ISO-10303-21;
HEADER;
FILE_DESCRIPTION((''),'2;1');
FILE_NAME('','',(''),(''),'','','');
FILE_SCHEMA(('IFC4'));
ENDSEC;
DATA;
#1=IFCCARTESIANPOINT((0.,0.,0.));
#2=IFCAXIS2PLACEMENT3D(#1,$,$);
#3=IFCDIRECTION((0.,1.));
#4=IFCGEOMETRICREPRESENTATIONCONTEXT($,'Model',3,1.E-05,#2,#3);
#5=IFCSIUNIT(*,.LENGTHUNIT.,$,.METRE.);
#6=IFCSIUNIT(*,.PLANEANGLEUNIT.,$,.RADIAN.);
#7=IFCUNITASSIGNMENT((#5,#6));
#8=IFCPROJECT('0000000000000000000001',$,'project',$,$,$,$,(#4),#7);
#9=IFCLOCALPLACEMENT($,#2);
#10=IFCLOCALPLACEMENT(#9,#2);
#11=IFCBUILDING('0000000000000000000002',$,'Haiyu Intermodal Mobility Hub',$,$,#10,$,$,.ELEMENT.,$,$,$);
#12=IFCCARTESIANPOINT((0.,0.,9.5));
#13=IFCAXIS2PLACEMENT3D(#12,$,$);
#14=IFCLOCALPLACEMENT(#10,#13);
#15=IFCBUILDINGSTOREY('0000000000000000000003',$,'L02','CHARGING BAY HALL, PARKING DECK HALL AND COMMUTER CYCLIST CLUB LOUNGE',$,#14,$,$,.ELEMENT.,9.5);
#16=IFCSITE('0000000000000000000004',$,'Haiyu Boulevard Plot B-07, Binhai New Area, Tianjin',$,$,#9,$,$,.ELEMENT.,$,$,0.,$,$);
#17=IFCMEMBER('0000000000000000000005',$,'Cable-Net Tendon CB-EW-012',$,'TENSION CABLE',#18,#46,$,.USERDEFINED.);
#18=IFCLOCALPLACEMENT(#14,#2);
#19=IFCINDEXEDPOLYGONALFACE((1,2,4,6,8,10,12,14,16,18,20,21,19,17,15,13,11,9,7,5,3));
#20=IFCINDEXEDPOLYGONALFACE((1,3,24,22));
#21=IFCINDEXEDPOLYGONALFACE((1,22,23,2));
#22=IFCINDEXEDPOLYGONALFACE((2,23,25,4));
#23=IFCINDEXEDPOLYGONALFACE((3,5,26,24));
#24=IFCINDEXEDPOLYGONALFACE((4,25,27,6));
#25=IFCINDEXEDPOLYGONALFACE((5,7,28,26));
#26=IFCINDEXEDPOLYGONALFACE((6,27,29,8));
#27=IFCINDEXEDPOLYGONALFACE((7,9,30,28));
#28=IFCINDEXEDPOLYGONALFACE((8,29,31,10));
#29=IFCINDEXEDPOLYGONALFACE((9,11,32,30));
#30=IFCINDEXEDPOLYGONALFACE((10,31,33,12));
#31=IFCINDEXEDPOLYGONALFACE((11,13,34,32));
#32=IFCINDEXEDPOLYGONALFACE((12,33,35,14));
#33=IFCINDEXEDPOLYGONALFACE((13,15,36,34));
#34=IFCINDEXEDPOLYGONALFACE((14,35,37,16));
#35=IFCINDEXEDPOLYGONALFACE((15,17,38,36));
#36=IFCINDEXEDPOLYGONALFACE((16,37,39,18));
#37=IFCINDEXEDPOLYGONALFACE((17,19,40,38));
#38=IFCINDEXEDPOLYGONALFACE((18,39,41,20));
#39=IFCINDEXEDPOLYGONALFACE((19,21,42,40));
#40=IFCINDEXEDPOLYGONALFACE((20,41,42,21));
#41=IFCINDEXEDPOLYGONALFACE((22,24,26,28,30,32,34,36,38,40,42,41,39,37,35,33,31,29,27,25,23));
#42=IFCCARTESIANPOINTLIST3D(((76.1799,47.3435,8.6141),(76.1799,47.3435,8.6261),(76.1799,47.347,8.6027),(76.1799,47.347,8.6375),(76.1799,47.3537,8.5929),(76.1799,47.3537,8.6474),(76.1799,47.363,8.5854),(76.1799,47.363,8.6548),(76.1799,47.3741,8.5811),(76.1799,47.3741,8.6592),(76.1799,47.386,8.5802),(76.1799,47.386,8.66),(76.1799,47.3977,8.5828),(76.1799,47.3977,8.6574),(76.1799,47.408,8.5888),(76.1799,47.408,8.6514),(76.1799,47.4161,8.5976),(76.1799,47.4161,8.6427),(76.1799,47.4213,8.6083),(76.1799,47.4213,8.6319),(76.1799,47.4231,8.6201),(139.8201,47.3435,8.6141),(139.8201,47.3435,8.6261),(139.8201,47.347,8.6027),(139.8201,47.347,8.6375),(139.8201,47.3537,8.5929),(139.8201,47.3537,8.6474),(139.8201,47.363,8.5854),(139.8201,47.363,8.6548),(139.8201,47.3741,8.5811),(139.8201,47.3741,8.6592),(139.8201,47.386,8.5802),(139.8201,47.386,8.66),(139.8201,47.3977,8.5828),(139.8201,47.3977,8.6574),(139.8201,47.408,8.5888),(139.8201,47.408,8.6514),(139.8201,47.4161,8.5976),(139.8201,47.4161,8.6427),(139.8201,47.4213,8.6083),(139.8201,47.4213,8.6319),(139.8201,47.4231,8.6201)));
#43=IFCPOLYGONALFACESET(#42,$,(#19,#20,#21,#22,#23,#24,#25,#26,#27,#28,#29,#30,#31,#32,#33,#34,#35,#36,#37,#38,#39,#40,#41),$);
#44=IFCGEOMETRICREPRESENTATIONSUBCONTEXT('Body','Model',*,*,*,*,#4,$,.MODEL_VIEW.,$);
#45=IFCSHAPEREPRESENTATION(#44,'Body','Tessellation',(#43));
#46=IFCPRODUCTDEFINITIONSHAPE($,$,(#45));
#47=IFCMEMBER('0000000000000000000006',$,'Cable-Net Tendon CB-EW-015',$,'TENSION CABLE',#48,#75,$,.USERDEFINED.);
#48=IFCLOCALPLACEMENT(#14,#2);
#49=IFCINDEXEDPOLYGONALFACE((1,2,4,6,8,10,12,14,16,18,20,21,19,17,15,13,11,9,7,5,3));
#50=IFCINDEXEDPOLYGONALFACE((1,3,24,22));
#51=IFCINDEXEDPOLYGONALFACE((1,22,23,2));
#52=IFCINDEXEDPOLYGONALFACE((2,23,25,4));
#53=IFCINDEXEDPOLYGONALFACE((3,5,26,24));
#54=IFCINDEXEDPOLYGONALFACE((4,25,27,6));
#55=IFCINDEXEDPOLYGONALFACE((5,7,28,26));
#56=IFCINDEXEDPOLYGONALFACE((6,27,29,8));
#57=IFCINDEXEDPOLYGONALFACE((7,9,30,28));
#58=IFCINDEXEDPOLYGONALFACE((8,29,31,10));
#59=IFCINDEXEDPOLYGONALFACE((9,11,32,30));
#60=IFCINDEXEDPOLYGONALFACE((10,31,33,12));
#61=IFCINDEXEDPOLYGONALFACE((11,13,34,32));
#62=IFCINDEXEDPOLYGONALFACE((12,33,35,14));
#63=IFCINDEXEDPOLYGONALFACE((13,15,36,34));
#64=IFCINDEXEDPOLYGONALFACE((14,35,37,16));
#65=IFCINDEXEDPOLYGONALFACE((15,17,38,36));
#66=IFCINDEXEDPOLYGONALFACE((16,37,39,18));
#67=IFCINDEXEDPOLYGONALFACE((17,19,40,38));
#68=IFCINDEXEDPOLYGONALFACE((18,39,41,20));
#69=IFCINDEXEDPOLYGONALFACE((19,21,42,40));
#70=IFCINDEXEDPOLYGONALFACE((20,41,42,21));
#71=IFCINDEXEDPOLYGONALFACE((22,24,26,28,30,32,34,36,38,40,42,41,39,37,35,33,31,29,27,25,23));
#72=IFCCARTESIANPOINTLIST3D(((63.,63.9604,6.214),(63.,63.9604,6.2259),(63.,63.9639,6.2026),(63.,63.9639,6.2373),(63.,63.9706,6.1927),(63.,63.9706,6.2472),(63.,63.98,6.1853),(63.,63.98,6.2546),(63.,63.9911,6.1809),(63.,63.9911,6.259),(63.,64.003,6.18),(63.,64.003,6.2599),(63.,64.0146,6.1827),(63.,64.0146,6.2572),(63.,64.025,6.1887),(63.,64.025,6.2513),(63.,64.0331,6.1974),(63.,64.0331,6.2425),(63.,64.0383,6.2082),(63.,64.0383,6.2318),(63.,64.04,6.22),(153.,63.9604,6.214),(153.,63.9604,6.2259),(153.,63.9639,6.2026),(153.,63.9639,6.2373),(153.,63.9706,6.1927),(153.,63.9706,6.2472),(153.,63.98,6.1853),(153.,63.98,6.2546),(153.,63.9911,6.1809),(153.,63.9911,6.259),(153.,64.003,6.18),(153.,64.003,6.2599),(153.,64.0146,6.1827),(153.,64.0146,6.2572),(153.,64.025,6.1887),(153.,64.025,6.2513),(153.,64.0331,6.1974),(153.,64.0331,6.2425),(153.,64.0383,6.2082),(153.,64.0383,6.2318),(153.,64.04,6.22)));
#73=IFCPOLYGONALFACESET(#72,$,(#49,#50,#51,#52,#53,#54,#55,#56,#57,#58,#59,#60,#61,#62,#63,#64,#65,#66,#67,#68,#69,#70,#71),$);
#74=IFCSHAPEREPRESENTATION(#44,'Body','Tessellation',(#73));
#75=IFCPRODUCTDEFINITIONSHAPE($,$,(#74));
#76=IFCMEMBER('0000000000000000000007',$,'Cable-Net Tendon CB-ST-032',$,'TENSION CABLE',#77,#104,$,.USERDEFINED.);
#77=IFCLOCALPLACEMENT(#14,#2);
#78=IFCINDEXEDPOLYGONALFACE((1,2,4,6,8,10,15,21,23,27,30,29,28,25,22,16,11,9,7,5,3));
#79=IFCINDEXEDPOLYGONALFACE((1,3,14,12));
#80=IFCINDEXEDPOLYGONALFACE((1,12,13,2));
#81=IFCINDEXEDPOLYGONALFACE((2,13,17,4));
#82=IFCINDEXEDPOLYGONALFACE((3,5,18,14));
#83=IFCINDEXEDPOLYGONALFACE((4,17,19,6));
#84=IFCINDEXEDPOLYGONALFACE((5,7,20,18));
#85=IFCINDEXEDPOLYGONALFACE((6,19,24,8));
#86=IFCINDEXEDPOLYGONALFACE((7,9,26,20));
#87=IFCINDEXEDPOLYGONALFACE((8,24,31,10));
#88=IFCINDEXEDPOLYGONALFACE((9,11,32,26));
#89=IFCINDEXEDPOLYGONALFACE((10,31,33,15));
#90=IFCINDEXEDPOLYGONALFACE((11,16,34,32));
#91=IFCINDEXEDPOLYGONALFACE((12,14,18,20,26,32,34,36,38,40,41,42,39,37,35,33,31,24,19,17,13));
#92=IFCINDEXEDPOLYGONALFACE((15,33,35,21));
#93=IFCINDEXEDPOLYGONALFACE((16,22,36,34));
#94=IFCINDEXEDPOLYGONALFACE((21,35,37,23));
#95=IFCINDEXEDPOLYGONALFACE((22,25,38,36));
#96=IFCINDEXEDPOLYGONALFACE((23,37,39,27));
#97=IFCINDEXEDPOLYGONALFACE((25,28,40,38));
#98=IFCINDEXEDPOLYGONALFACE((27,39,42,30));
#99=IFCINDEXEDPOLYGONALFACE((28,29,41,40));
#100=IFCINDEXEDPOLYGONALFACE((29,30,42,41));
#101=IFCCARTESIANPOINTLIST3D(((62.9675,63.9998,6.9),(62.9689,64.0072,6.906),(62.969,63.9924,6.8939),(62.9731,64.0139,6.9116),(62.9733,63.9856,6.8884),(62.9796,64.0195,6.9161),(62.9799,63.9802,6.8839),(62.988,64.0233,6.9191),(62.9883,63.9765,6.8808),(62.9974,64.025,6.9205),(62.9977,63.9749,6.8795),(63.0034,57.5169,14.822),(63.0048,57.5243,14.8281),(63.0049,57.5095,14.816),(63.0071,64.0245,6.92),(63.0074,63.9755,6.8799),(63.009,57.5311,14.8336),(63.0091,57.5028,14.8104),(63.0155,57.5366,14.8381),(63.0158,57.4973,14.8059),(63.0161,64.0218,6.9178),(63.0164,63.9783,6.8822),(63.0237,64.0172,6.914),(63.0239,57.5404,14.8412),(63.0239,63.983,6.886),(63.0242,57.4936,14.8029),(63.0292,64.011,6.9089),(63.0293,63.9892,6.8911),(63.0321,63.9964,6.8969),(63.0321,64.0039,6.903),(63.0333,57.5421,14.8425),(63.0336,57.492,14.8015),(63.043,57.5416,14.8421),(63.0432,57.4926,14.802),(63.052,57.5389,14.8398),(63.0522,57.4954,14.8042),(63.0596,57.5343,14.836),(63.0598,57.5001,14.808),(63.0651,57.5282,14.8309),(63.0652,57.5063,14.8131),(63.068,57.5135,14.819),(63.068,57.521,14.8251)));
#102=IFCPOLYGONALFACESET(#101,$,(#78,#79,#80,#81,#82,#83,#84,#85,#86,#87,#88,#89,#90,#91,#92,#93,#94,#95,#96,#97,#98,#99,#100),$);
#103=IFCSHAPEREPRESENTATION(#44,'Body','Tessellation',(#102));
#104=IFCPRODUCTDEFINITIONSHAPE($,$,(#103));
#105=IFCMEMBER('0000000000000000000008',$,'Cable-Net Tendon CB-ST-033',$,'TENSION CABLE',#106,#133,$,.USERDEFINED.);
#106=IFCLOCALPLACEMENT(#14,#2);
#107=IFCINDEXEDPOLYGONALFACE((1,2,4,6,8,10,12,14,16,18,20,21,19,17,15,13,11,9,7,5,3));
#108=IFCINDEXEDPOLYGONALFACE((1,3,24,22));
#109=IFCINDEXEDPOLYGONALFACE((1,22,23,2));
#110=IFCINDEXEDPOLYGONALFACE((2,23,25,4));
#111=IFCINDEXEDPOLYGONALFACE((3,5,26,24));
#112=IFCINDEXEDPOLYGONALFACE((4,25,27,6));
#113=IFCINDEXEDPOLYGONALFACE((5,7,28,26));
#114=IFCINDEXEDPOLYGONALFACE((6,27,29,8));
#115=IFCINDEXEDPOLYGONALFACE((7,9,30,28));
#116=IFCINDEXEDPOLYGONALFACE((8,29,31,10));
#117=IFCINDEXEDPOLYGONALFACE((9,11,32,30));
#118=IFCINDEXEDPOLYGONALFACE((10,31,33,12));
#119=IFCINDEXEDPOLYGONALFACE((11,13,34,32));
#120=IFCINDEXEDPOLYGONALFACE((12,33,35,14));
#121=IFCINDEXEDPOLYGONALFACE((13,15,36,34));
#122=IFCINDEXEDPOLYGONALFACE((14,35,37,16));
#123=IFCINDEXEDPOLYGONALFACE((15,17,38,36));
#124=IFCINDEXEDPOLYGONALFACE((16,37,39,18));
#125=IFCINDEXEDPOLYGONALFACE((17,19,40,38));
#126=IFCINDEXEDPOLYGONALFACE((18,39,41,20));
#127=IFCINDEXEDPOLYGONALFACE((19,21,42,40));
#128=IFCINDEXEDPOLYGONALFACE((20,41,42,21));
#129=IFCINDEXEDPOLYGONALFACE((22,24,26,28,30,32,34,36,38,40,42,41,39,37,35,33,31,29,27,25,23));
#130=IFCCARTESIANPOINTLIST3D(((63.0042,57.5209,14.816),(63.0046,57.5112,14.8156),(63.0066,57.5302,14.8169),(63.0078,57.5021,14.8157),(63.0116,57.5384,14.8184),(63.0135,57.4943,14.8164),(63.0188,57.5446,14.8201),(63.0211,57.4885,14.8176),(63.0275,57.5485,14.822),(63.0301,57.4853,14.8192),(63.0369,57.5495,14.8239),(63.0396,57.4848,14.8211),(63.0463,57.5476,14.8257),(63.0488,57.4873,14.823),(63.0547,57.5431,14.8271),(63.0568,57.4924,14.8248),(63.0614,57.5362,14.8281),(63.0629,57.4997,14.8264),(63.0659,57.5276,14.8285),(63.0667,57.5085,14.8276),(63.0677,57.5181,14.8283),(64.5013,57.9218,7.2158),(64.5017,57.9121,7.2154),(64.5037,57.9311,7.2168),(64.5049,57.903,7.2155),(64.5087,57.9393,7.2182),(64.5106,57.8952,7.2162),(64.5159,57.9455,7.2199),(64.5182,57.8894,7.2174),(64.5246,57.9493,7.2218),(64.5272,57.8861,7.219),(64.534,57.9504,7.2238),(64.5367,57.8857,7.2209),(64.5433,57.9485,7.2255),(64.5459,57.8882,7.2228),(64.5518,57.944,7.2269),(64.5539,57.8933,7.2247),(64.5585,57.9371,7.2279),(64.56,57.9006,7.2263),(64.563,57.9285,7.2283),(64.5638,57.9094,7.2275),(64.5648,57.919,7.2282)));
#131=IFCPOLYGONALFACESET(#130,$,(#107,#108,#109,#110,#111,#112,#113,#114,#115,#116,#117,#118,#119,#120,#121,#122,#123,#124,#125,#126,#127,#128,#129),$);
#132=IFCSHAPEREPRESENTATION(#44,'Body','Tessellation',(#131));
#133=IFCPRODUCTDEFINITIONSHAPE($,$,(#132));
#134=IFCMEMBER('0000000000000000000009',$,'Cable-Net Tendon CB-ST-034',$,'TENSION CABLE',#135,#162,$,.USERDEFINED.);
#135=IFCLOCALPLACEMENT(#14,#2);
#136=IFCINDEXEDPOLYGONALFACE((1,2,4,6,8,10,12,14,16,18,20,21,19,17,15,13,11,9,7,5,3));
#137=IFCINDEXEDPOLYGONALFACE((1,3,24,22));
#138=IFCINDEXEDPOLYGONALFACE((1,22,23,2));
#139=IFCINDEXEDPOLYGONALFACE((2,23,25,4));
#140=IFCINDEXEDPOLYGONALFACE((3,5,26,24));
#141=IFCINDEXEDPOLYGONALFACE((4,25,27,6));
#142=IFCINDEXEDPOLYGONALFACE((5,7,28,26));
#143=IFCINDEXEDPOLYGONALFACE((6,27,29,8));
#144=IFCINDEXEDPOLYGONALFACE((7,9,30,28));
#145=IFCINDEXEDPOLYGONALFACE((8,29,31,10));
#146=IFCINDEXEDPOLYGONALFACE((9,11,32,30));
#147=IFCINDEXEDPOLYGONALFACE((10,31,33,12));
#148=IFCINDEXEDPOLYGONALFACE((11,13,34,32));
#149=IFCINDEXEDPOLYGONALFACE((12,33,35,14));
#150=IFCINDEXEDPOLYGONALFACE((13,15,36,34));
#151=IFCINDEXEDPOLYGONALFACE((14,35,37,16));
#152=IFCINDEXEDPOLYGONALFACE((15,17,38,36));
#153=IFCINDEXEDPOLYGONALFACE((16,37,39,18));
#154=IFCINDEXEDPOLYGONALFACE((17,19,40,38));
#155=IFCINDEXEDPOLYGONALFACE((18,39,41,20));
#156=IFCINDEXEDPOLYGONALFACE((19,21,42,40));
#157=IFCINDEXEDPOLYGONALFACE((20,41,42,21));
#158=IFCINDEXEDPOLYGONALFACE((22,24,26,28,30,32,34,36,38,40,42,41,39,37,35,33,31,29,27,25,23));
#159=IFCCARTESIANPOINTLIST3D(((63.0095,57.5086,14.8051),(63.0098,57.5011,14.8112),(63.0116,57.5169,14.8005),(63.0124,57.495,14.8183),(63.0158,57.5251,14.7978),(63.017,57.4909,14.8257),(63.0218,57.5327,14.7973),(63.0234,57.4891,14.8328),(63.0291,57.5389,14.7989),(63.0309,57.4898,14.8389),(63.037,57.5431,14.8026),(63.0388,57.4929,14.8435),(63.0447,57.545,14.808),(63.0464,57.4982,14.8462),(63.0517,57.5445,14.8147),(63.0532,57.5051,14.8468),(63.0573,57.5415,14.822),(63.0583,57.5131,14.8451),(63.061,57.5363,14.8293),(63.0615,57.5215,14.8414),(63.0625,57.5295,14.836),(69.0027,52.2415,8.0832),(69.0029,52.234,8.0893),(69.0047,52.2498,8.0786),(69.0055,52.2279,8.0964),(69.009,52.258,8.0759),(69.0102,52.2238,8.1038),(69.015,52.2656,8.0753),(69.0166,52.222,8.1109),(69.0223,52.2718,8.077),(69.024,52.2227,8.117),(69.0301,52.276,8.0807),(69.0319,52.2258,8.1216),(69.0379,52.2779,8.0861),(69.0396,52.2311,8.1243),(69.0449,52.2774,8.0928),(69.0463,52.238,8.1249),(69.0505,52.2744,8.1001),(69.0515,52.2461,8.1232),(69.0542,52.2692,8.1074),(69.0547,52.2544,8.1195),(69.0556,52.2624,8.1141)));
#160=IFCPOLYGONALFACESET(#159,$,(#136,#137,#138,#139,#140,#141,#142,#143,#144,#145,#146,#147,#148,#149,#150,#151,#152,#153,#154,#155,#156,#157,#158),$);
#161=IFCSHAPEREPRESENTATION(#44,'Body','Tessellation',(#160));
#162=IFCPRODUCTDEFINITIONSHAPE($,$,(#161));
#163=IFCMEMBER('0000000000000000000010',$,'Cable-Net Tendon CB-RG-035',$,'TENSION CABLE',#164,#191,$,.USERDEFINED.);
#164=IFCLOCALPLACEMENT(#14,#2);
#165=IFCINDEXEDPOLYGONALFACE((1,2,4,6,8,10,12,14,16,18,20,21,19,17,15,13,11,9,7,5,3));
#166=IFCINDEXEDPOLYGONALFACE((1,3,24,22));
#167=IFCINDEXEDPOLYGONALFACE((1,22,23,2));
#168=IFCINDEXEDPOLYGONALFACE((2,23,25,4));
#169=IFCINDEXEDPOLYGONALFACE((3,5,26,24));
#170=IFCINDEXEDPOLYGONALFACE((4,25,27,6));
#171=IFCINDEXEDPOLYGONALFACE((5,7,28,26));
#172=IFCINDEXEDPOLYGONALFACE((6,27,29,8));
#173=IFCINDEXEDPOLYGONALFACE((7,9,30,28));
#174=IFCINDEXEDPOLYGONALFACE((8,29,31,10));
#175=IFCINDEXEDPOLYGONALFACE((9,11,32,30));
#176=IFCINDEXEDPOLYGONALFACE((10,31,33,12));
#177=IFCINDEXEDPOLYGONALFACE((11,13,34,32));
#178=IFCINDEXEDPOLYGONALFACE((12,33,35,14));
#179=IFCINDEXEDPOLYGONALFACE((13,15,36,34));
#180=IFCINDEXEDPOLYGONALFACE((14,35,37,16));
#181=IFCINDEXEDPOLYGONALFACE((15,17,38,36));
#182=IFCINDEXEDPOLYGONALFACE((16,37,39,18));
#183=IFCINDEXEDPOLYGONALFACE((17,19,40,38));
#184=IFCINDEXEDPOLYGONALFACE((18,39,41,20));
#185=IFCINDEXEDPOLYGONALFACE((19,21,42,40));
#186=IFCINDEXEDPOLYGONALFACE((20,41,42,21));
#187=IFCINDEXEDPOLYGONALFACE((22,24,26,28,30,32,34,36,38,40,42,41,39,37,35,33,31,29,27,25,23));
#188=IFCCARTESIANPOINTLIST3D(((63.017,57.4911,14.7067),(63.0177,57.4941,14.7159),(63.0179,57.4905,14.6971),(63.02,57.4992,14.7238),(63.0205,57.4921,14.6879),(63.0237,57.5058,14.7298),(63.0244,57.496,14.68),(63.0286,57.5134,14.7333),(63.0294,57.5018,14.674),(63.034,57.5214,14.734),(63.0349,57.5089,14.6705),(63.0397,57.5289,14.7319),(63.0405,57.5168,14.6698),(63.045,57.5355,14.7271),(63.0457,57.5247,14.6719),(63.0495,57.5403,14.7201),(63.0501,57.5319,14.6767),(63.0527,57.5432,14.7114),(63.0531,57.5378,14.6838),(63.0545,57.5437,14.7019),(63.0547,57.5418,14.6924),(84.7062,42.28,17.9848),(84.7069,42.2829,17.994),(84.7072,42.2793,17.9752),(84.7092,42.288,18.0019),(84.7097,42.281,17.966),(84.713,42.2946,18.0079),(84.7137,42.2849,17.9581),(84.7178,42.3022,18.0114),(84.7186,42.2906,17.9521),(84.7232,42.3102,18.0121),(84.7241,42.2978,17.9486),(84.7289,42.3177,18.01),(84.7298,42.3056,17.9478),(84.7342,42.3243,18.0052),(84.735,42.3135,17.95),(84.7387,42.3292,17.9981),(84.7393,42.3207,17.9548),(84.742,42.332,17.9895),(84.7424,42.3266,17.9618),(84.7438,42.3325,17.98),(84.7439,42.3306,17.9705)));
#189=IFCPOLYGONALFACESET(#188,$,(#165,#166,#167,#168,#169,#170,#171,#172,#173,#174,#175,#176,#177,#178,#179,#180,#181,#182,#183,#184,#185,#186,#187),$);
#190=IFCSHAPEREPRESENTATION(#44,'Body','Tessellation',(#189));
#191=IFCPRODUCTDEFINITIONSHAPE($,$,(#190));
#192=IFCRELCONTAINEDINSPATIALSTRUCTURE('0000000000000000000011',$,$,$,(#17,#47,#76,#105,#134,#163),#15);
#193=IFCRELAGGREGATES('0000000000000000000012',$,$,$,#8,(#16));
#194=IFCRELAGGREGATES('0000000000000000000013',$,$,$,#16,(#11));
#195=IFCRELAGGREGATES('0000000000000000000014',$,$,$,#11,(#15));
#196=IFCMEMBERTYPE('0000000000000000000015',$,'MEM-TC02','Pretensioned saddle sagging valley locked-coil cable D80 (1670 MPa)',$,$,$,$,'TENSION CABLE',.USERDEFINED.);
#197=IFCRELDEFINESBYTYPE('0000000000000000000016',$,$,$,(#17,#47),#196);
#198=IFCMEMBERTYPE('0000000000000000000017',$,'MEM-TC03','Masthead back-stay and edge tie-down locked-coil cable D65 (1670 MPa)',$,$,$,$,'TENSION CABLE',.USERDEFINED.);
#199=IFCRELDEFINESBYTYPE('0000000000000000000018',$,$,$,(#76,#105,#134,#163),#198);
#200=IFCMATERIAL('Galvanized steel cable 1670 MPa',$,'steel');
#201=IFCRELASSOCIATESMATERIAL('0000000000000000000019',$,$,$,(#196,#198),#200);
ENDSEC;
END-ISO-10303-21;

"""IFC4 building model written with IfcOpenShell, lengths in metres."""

from ifc_helpers import new_model, si_unit, direction, frame, origin, origin_2d, place, context, subcontext, project, spatial, circle, extrude, material, material_profile, profile_set, type_object, element, save


model = new_model("IFC4")

# Units and contexts
model_context = context("Model", 3, precision=1e-05, world=origin(), true_north=direction((0.0, 1.0)))
body_context = subcontext(model_context, "Body", "Model", "MODEL_VIEW")
ifc_project = project(units=[si_unit("LENGTHUNIT", "METRE"), si_unit("PLANEANGLEUNIT", "RADIAN")], contexts=[model_context])

# Site, building, storey
site_placement = place(None, origin())
site = spatial("IfcSite", under=ifc_project, at=site_placement, Name="Haiyu Boulevard Plot B-07, Binhai New Area, Tianjin", CompositionType="ELEMENT", RefElevation=0.0)
building_placement = place(site_placement, origin())
building = spatial("IfcBuilding", under=site, at=building_placement, Name="Haiyu Intermodal Mobility Hub", CompositionType="ELEMENT")
storey_placement = place(building_placement, frame((0.0, 0.0, 9.5)))
storey = spatial("IfcBuildingStorey", under=building, at=storey_placement, Name="L02", Description="CHARGING BAY HALL, PARKING DECK HALL AND COMMUTER CYCLIST CLUB LOUNGE", CompositionType="ELEMENT", Elevation=9.5)

# Members
ifc_material_1 = material(Name="Galvanized steel cable 1670 MPa", Category="steel")
ifc_material_profile_1 = material_profile(ifc_material_1, circle(Radius=0.04, at=origin_2d()), Name="CABLE80")
ifc_profile_set_1 = profile_set([ifc_material_profile_1], Name="Galvanized steel cable 1670 MPa")
member_type_1 = type_object("IfcMemberType", Name="MEM-TC02", Description="Pretensioned saddle sagging valley locked-coil cable D80 (1670 MPa)", ElementType="TENSION CABLE", PredefinedType="USERDEFINED", material=ifc_profile_set_1)
member_1_placement = place(storey_placement, frame((76.1799, 47.3831, 8.6201), z_axis=(1.0, 0.0, 0.0), x_axis=(0.0, 1.0, 0.0)))
element("IfcMember", 1, at=member_1_placement, inside=storey, type_object=member_type_1, Name="Cable-Net Tendon CB-EW-012", ObjectType="TENSION CABLE", PredefinedType="USERDEFINED", context=body_context, shape_type="SweptSolid", body=[
    extrude(circle(Radius=0.04, at=origin_2d()), origin(), (0.0, 0.0, 1.0), 63.6401),
])
member_2_placement = place(storey_placement, frame((63.0, 64.0, 6.22), z_axis=(1.0, 0.0, 0.0), x_axis=(0.0, 1.0, 0.0)))
element("IfcMember", 2, at=member_2_placement, inside=storey, type_object=member_type_1, Name="Cable-Net Tendon CB-EW-015", ObjectType="TENSION CABLE", PredefinedType="USERDEFINED", context=body_context, shape_type="SweptSolid", body=[
    extrude(circle(Radius=0.04, at=origin_2d()), origin(), (0.0, 0.0, 1.0), 90.0),
])
ifc_material_profile_2 = material_profile(ifc_material_1, circle(Radius=0.0325, at=origin_2d()), Name="CABLE65")
ifc_profile_set_2 = profile_set([ifc_material_profile_2], Name="Galvanized steel cable 1670 MPa")
member_type_2 = type_object("IfcMemberType", Name="MEM-TC03", Description="Masthead back-stay and edge tie-down locked-coil cable D65 (1670 MPa)", ElementType="TENSION CABLE", PredefinedType="USERDEFINED", material=ifc_profile_set_2)
member_3_placement = place(storey_placement, frame((63.0359, 57.5171, 14.822), z_axis=(-0.003506, 0.633303, -0.773896), x_axis=(-0.999985, -0.005536, 0.0)))
element("IfcMember", 3, at=member_3_placement, inside=storey, type_object=member_type_2, Name="Cable-Net Tendon CB-ST-032", ObjectType="TENSION CABLE", PredefinedType="USERDEFINED", context=body_context, shape_type="SweptSolid", body=[
    extrude(circle(Radius=0.0325, at=origin_2d()), origin(), (0.0, 0.0, 1.0), 10.2366),
])
member_4_placement = place(storey_placement, frame((63.0359, 57.5171, 14.822), z_axis=(0.193008, 0.051683, -0.979835), x_axis=(-0.258663, 0.965968, 0.0)))
element("IfcMember", 4, at=member_4_placement, inside=storey, type_object=member_type_2, Name="Cable-Net Tendon CB-ST-033", ObjectType="TENSION CABLE", PredefinedType="USERDEFINED", context=body_context, shape_type="SweptSolid", body=[
    extrude(circle(Radius=0.0325, at=origin_2d()), origin(), (0.0, 0.0, 1.0), 7.7566),
])
member_5_placement = place(storey_placement, frame((63.0359, 57.5171, 14.822), z_axis=(0.574451, -0.504856, -0.644303), x_axis=(0.660141, 0.751142, 0.0)))
element("IfcMember", 5, at=member_5_placement, inside=storey, type_object=member_type_2, Name="Cable-Net Tendon CB-ST-034", ObjectType="TENSION CABLE", PredefinedType="USERDEFINED", context=body_context, shape_type="SweptSolid", body=[
    extrude(circle(Radius=0.0325, at=origin_2d()), origin(), (0.0, 0.0, 1.0), 10.4329),
])
member_6_placement = place(storey_placement, frame((63.0359, 57.5171, 14.7019), z_axis=(0.812525, -0.569844, 0.122804), x_axis=(0.57419, 0.818722, 0.0)))
element("IfcMember", 6, at=member_6_placement, inside=storey, type_object=member_type_2, Name="Cable-Net Tendon CB-RG-035", ObjectType="TENSION CABLE", PredefinedType="USERDEFINED", context=body_context, shape_type="SweptSolid", body=[
    extrude(circle(Radius=0.0325, at=origin_2d()), origin(), (0.0, 0.0, 1.0), 26.6936),
])

save(model, "model.ifc")
